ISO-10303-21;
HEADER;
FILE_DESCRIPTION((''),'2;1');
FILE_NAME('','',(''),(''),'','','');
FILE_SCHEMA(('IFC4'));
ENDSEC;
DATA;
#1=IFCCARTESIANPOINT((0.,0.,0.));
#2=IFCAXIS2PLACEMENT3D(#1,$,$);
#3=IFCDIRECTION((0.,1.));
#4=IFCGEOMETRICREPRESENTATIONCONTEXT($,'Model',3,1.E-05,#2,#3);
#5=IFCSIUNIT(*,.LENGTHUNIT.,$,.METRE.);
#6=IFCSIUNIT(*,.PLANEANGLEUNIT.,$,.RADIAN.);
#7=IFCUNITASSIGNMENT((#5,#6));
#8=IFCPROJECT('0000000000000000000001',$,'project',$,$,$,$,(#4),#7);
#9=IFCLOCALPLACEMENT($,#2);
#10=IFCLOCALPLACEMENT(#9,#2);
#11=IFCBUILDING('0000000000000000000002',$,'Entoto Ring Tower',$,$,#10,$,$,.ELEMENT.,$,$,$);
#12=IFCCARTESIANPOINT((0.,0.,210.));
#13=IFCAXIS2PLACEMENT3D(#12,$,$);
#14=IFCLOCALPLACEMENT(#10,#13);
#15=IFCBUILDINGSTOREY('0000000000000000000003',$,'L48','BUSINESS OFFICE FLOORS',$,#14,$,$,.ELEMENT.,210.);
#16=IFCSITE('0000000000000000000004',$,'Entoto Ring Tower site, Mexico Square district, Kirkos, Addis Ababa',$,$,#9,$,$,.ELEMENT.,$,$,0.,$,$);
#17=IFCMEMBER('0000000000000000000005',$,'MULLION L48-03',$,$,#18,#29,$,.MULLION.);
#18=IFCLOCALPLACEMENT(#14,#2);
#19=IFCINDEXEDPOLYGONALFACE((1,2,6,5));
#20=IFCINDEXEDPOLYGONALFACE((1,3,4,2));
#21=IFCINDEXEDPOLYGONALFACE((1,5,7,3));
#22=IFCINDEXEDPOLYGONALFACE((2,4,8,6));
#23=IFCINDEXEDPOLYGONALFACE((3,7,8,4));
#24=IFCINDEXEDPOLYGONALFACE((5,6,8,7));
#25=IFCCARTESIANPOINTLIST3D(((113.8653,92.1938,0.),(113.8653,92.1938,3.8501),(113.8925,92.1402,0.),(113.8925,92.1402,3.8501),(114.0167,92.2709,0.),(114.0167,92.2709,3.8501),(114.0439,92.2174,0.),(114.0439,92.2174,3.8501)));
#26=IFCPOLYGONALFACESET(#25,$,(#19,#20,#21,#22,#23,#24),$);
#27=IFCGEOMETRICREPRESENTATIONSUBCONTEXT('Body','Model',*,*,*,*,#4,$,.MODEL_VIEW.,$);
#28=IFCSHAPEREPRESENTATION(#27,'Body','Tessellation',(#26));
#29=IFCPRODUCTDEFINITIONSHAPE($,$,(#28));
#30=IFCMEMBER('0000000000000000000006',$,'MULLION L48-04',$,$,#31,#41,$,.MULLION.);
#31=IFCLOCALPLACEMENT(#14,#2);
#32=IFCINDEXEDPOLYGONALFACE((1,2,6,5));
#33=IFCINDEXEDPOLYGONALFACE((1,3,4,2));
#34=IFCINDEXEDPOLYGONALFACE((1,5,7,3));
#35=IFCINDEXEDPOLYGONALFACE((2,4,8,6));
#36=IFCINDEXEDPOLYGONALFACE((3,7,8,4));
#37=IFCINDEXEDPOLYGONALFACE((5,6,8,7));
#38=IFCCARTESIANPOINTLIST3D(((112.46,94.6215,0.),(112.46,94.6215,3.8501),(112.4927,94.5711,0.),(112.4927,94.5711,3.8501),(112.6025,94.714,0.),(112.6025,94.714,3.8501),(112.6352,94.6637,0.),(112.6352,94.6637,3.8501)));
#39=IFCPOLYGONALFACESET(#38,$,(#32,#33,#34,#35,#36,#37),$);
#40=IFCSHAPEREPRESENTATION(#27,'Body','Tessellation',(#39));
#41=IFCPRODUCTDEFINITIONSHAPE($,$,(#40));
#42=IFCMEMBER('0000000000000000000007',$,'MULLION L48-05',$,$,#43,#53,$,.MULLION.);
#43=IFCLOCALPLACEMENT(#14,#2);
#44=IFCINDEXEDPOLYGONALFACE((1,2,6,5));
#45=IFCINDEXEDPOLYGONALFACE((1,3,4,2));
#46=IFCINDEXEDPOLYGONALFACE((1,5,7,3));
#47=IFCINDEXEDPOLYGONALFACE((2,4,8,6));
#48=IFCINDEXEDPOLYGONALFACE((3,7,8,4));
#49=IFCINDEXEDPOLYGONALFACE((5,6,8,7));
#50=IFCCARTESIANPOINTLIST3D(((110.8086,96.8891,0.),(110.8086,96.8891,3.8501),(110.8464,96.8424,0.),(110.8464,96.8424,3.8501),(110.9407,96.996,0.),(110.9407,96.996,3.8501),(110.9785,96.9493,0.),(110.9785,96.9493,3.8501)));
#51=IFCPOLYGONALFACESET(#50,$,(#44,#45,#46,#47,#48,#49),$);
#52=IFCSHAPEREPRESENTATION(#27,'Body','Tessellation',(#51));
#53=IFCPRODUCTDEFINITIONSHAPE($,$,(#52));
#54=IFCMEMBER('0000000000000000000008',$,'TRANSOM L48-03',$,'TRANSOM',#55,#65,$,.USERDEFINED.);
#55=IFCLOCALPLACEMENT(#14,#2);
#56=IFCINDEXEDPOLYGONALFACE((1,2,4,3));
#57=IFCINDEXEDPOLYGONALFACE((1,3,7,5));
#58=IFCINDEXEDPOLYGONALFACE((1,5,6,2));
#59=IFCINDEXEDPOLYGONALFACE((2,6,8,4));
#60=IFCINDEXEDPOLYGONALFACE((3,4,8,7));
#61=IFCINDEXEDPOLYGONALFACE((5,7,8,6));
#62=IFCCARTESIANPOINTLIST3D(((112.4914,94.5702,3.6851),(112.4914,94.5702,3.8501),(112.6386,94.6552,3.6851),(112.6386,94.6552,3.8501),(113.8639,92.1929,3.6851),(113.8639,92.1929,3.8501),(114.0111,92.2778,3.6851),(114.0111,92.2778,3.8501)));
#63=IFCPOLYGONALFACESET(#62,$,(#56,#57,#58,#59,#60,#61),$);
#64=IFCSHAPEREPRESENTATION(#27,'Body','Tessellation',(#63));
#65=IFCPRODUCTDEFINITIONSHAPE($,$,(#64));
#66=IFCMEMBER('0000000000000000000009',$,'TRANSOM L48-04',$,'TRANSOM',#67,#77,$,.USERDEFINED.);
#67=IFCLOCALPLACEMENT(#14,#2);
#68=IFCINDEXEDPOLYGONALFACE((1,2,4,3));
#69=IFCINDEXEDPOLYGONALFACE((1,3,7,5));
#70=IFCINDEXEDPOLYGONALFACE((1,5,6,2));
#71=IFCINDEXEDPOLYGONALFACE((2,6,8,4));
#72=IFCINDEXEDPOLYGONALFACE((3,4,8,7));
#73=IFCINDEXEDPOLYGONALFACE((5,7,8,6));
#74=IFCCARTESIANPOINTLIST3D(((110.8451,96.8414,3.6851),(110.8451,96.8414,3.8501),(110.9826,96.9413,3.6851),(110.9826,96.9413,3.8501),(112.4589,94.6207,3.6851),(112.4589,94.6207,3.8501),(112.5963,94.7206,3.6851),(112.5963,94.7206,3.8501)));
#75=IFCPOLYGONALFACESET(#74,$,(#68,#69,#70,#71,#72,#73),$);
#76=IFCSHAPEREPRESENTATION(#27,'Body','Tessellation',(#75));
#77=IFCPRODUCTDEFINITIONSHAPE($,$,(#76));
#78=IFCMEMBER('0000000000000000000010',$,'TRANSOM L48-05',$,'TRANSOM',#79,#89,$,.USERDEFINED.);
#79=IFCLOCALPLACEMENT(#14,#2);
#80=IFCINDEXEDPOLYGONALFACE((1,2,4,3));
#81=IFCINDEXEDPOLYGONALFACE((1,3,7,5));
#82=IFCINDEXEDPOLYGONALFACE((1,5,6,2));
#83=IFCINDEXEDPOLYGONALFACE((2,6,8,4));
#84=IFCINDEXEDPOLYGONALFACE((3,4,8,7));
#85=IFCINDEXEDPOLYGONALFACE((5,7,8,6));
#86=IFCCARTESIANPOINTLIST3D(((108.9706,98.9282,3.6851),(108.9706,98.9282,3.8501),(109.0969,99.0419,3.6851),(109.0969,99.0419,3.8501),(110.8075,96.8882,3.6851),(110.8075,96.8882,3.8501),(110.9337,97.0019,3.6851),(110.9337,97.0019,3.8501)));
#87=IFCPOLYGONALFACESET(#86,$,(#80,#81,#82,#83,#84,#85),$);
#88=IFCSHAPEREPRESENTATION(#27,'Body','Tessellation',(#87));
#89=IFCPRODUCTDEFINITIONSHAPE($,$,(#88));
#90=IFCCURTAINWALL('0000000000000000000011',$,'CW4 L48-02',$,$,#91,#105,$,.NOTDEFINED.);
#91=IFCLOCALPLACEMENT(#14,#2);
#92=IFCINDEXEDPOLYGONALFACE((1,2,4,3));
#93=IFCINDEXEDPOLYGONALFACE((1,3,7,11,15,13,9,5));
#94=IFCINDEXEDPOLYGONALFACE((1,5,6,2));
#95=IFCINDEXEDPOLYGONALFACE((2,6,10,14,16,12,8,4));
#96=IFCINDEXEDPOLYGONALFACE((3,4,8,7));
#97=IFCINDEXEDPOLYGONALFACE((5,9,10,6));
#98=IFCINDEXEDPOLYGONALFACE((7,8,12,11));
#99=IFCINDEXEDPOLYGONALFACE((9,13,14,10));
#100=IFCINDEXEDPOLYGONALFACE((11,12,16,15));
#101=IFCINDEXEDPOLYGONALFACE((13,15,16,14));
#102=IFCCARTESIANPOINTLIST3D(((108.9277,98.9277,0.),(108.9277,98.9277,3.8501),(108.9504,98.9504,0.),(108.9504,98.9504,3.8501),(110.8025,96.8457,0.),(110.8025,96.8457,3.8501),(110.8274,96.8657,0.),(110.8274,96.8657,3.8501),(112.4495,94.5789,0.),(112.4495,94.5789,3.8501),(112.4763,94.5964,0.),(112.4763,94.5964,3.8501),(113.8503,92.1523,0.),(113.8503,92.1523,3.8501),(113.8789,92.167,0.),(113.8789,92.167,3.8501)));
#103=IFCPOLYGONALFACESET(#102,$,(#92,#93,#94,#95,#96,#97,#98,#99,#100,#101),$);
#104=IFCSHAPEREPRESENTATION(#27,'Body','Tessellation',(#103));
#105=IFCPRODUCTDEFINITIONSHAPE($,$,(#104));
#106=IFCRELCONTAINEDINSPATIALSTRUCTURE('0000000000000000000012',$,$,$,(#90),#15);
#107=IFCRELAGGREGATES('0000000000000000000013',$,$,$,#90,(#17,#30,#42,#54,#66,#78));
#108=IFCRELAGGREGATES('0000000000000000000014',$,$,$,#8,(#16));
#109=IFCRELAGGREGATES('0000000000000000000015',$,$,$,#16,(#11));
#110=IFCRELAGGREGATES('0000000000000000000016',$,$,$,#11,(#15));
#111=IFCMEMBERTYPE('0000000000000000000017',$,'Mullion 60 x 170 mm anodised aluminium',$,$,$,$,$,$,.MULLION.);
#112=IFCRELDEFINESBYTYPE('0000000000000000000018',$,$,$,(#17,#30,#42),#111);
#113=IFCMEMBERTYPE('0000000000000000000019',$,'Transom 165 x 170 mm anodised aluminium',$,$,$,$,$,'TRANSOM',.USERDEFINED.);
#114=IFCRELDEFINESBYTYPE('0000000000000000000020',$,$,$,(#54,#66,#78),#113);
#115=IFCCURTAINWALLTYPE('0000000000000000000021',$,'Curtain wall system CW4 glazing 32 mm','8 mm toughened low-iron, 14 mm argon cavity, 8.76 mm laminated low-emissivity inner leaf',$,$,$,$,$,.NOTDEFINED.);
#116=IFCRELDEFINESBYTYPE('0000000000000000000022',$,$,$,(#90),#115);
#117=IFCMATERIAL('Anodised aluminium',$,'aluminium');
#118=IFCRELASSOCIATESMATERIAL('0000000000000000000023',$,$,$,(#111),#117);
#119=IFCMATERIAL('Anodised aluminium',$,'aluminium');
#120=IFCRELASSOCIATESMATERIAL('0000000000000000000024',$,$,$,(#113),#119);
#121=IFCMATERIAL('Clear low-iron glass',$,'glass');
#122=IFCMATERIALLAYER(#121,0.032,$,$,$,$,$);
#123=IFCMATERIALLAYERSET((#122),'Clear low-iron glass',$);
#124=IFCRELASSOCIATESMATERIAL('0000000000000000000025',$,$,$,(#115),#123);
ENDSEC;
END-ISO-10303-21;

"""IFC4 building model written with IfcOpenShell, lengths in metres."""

from ifc_helpers import new_model, si_unit, direction, frame, origin, origin_2d, place, context, subcontext, project, spatial, polyline, rectangle, outline, extrude, material, layer, layer_set, material_profile, profile_set, type_object, element, aggregate, save


model = new_model("IFC4")

# Units and contexts
model_context = context("Model", 3, precision=1e-05, world=origin(), true_north=direction((0.0, 1.0)))
body_context = subcontext(model_context, "Body", "Model", "MODEL_VIEW")
ifc_project = project(units=[si_unit("LENGTHUNIT", "METRE"), si_unit("PLANEANGLEUNIT", "RADIAN")], contexts=[model_context])

# Members
ifc_material_1 = material(Name="Anodised aluminium", Category="aluminium")
ifc_material_profile_1 = material_profile(ifc_material_1, rectangle(XDim=0.0601, YDim=0.1699, at=origin_2d()), Name="Mullion 60 x 170 mm anodised aluminium")
ifc_profile_set_1 = profile_set([ifc_material_profile_1], Name="Anodised aluminium")
member_type_1 = type_object("IfcMemberType", Name="Mullion 60 x 170 mm anodised aluminium", PredefinedType="MULLION", material=ifc_profile_set_1)
site_placement = place(None, origin())
building_placement = place(site_placement, origin())
storey_placement = place(building_placement, frame((0.0, 0.0, 210.0)))
member_1_placement = place(storey_placement, frame((113.9546, 92.2056, 0.0), z_axis=(0.0, 0.0, 1.0), x_axis=(-0.45399, 0.891007, 0.0)))
member_1 = element("IfcMember", 1, at=member_1_placement, type_object=member_type_1, Name="MULLION L48-03", PredefinedType="MULLION", context=body_context, shape_type="SweptSolid", body=[
    extrude(rectangle(XDim=0.0601, YDim=0.1699, at=origin_2d()), origin(), (0.0, 0.0, 1.0), 3.8501),
])
member_2_placement = place(storey_placement, frame((112.5476, 94.6426, 0.0), z_axis=(0.0, 0.0, 1.0), x_axis=(-0.544639, 0.838671, 0.0)))
member_2 = element("IfcMember", 2, at=member_2_placement, type_object=member_type_1, Name="MULLION L48-04", PredefinedType="MULLION", context=body_context, shape_type="SweptSolid", body=[
    extrude(rectangle(XDim=0.0601, YDim=0.1699, at=origin_2d()), origin(), (0.0, 0.0, 1.0), 3.8501),
])
member_3_placement = place(storey_placement, frame((110.8936, 96.9192, 0.0), z_axis=(0.0, 0.0, 1.0), x_axis=(-0.62932, 0.777146, 0.0)))
member_3 = element("IfcMember", 3, at=member_3_placement, type_object=member_type_1, Name="MULLION L48-05", PredefinedType="MULLION", context=body_context, shape_type="SweptSolid", body=[
    extrude(rectangle(XDim=0.0601, YDim=0.1699, at=origin_2d()), origin(), (0.0, 0.0, 1.0), 3.8501),
])
ifc_material_2 = material(Name="Anodised aluminium", Category="aluminium")
ifc_material_profile_2 = material_profile(ifc_material_2, rectangle(XDim=0.1699, YDim=0.165, at=origin_2d()), Name="Transom 165 x 170 mm anodised aluminium")
ifc_profile_set_2 = profile_set([ifc_material_profile_2], Name="Anodised aluminium")
member_type_2 = type_object("IfcMemberType", Name="Transom 165 x 170 mm anodised aluminium", ElementType="TRANSOM", PredefinedType="USERDEFINED", material=ifc_profile_set_2)
member_4_placement = place(storey_placement, frame((113.9375, 92.2354, 3.7676), z_axis=(-0.499984, 0.866035, 0.0), x_axis=(-0.866035, -0.499984, 0.0)))
member_4 = element("IfcMember", 4, at=member_4_placement, type_object=member_type_2, Name="TRANSOM L48-03", ObjectType="TRANSOM", PredefinedType="USERDEFINED", context=body_context, shape_type="SweptSolid", body=[
    extrude(rectangle(XDim=0.1699, YDim=0.165, at=origin_2d()), origin(), (0.0, 0.0, 1.0), 2.7451),
])
member_5_placement = place(storey_placement, frame((112.5276, 94.6707, 3.7676), z_axis=(-0.587865, 0.808959, 0.0), x_axis=(-0.808959, -0.587865, 0.0)))
member_5 = element("IfcMember", 5, at=member_5_placement, type_object=member_type_2, Name="TRANSOM L48-04", ObjectType="TRANSOM", PredefinedType="USERDEFINED", context=body_context, shape_type="SweptSolid", body=[
    extrude(rectangle(XDim=0.1699, YDim=0.165, at=origin_2d()), origin(), (0.0, 0.0, 1.0), 2.7451),
])
member_6_placement = place(storey_placement, frame((110.8706, 96.9451, 3.7676), z_axis=(-0.669142, 0.743135, 0.0), x_axis=(-0.743135, -0.669142, 0.0)))
member_6 = element("IfcMember", 6, at=member_6_placement, type_object=member_type_2, Name="TRANSOM L48-05", ObjectType="TRANSOM", PredefinedType="USERDEFINED", context=body_context, shape_type="SweptSolid", body=[
    extrude(rectangle(XDim=0.1699, YDim=0.165, at=origin_2d()), origin(), (0.0, 0.0, 1.0), 2.7451),
])

# Site, building, storey
site = spatial("IfcSite", under=ifc_project, at=site_placement, Name="Entoto Ring Tower site, Mexico Square district, Kirkos, Addis Ababa", CompositionType="ELEMENT", RefElevation=0.0)
building = spatial("IfcBuilding", under=site, at=building_placement, Name="Entoto Ring Tower", CompositionType="ELEMENT")
storey = spatial("IfcBuildingStorey", under=building, at=storey_placement, Name="L48", Description="BUSINESS OFFICE FLOORS", CompositionType="ELEMENT", Elevation=210.0)

# Curtain wall
ifc_material_3 = material(Name="Clear low-iron glass", Category="glass")
ifc_layer_1 = layer(ifc_material_3, 0.032)
ifc_layer_set_1 = layer_set([ifc_layer_1], Name="Clear low-iron glass")
curtain_wall_type = type_object("IfcCurtainWallType", Name="Curtain wall system CW4 glazing 32 mm", Description="8 mm toughened low-iron, 14 mm argon cavity, 8.76 mm laminated low-emissivity inner leaf", PredefinedType="NOTDEFINED", material=ifc_layer_set_1)
curtain_wall_1_placement = place(storey_placement, origin())
curtain_wall_1 = element("IfcCurtainWall", 7, at=curtain_wall_1_placement, inside=storey, type_object=curtain_wall_type, Name="CW4 L48-02", PredefinedType="NOTDEFINED", context=body_context, shape_type="SweptSolid", body=[
    extrude(outline(polyline([(113.8789, 92.167), (112.4763, 94.5964), (110.8274, 96.8657), (108.9504, 98.9504), (108.9277, 98.9277), (110.8025, 96.8457), (112.4495, 94.5789), (113.8503, 92.1523), (113.8789, 92.167)])), origin(), (0.0, 0.0, 1.0), 3.8501),
])
aggregate(curtain_wall_1, [member_1, member_2, member_3, member_4, member_5, member_6])

save(model, "model.ifc")
